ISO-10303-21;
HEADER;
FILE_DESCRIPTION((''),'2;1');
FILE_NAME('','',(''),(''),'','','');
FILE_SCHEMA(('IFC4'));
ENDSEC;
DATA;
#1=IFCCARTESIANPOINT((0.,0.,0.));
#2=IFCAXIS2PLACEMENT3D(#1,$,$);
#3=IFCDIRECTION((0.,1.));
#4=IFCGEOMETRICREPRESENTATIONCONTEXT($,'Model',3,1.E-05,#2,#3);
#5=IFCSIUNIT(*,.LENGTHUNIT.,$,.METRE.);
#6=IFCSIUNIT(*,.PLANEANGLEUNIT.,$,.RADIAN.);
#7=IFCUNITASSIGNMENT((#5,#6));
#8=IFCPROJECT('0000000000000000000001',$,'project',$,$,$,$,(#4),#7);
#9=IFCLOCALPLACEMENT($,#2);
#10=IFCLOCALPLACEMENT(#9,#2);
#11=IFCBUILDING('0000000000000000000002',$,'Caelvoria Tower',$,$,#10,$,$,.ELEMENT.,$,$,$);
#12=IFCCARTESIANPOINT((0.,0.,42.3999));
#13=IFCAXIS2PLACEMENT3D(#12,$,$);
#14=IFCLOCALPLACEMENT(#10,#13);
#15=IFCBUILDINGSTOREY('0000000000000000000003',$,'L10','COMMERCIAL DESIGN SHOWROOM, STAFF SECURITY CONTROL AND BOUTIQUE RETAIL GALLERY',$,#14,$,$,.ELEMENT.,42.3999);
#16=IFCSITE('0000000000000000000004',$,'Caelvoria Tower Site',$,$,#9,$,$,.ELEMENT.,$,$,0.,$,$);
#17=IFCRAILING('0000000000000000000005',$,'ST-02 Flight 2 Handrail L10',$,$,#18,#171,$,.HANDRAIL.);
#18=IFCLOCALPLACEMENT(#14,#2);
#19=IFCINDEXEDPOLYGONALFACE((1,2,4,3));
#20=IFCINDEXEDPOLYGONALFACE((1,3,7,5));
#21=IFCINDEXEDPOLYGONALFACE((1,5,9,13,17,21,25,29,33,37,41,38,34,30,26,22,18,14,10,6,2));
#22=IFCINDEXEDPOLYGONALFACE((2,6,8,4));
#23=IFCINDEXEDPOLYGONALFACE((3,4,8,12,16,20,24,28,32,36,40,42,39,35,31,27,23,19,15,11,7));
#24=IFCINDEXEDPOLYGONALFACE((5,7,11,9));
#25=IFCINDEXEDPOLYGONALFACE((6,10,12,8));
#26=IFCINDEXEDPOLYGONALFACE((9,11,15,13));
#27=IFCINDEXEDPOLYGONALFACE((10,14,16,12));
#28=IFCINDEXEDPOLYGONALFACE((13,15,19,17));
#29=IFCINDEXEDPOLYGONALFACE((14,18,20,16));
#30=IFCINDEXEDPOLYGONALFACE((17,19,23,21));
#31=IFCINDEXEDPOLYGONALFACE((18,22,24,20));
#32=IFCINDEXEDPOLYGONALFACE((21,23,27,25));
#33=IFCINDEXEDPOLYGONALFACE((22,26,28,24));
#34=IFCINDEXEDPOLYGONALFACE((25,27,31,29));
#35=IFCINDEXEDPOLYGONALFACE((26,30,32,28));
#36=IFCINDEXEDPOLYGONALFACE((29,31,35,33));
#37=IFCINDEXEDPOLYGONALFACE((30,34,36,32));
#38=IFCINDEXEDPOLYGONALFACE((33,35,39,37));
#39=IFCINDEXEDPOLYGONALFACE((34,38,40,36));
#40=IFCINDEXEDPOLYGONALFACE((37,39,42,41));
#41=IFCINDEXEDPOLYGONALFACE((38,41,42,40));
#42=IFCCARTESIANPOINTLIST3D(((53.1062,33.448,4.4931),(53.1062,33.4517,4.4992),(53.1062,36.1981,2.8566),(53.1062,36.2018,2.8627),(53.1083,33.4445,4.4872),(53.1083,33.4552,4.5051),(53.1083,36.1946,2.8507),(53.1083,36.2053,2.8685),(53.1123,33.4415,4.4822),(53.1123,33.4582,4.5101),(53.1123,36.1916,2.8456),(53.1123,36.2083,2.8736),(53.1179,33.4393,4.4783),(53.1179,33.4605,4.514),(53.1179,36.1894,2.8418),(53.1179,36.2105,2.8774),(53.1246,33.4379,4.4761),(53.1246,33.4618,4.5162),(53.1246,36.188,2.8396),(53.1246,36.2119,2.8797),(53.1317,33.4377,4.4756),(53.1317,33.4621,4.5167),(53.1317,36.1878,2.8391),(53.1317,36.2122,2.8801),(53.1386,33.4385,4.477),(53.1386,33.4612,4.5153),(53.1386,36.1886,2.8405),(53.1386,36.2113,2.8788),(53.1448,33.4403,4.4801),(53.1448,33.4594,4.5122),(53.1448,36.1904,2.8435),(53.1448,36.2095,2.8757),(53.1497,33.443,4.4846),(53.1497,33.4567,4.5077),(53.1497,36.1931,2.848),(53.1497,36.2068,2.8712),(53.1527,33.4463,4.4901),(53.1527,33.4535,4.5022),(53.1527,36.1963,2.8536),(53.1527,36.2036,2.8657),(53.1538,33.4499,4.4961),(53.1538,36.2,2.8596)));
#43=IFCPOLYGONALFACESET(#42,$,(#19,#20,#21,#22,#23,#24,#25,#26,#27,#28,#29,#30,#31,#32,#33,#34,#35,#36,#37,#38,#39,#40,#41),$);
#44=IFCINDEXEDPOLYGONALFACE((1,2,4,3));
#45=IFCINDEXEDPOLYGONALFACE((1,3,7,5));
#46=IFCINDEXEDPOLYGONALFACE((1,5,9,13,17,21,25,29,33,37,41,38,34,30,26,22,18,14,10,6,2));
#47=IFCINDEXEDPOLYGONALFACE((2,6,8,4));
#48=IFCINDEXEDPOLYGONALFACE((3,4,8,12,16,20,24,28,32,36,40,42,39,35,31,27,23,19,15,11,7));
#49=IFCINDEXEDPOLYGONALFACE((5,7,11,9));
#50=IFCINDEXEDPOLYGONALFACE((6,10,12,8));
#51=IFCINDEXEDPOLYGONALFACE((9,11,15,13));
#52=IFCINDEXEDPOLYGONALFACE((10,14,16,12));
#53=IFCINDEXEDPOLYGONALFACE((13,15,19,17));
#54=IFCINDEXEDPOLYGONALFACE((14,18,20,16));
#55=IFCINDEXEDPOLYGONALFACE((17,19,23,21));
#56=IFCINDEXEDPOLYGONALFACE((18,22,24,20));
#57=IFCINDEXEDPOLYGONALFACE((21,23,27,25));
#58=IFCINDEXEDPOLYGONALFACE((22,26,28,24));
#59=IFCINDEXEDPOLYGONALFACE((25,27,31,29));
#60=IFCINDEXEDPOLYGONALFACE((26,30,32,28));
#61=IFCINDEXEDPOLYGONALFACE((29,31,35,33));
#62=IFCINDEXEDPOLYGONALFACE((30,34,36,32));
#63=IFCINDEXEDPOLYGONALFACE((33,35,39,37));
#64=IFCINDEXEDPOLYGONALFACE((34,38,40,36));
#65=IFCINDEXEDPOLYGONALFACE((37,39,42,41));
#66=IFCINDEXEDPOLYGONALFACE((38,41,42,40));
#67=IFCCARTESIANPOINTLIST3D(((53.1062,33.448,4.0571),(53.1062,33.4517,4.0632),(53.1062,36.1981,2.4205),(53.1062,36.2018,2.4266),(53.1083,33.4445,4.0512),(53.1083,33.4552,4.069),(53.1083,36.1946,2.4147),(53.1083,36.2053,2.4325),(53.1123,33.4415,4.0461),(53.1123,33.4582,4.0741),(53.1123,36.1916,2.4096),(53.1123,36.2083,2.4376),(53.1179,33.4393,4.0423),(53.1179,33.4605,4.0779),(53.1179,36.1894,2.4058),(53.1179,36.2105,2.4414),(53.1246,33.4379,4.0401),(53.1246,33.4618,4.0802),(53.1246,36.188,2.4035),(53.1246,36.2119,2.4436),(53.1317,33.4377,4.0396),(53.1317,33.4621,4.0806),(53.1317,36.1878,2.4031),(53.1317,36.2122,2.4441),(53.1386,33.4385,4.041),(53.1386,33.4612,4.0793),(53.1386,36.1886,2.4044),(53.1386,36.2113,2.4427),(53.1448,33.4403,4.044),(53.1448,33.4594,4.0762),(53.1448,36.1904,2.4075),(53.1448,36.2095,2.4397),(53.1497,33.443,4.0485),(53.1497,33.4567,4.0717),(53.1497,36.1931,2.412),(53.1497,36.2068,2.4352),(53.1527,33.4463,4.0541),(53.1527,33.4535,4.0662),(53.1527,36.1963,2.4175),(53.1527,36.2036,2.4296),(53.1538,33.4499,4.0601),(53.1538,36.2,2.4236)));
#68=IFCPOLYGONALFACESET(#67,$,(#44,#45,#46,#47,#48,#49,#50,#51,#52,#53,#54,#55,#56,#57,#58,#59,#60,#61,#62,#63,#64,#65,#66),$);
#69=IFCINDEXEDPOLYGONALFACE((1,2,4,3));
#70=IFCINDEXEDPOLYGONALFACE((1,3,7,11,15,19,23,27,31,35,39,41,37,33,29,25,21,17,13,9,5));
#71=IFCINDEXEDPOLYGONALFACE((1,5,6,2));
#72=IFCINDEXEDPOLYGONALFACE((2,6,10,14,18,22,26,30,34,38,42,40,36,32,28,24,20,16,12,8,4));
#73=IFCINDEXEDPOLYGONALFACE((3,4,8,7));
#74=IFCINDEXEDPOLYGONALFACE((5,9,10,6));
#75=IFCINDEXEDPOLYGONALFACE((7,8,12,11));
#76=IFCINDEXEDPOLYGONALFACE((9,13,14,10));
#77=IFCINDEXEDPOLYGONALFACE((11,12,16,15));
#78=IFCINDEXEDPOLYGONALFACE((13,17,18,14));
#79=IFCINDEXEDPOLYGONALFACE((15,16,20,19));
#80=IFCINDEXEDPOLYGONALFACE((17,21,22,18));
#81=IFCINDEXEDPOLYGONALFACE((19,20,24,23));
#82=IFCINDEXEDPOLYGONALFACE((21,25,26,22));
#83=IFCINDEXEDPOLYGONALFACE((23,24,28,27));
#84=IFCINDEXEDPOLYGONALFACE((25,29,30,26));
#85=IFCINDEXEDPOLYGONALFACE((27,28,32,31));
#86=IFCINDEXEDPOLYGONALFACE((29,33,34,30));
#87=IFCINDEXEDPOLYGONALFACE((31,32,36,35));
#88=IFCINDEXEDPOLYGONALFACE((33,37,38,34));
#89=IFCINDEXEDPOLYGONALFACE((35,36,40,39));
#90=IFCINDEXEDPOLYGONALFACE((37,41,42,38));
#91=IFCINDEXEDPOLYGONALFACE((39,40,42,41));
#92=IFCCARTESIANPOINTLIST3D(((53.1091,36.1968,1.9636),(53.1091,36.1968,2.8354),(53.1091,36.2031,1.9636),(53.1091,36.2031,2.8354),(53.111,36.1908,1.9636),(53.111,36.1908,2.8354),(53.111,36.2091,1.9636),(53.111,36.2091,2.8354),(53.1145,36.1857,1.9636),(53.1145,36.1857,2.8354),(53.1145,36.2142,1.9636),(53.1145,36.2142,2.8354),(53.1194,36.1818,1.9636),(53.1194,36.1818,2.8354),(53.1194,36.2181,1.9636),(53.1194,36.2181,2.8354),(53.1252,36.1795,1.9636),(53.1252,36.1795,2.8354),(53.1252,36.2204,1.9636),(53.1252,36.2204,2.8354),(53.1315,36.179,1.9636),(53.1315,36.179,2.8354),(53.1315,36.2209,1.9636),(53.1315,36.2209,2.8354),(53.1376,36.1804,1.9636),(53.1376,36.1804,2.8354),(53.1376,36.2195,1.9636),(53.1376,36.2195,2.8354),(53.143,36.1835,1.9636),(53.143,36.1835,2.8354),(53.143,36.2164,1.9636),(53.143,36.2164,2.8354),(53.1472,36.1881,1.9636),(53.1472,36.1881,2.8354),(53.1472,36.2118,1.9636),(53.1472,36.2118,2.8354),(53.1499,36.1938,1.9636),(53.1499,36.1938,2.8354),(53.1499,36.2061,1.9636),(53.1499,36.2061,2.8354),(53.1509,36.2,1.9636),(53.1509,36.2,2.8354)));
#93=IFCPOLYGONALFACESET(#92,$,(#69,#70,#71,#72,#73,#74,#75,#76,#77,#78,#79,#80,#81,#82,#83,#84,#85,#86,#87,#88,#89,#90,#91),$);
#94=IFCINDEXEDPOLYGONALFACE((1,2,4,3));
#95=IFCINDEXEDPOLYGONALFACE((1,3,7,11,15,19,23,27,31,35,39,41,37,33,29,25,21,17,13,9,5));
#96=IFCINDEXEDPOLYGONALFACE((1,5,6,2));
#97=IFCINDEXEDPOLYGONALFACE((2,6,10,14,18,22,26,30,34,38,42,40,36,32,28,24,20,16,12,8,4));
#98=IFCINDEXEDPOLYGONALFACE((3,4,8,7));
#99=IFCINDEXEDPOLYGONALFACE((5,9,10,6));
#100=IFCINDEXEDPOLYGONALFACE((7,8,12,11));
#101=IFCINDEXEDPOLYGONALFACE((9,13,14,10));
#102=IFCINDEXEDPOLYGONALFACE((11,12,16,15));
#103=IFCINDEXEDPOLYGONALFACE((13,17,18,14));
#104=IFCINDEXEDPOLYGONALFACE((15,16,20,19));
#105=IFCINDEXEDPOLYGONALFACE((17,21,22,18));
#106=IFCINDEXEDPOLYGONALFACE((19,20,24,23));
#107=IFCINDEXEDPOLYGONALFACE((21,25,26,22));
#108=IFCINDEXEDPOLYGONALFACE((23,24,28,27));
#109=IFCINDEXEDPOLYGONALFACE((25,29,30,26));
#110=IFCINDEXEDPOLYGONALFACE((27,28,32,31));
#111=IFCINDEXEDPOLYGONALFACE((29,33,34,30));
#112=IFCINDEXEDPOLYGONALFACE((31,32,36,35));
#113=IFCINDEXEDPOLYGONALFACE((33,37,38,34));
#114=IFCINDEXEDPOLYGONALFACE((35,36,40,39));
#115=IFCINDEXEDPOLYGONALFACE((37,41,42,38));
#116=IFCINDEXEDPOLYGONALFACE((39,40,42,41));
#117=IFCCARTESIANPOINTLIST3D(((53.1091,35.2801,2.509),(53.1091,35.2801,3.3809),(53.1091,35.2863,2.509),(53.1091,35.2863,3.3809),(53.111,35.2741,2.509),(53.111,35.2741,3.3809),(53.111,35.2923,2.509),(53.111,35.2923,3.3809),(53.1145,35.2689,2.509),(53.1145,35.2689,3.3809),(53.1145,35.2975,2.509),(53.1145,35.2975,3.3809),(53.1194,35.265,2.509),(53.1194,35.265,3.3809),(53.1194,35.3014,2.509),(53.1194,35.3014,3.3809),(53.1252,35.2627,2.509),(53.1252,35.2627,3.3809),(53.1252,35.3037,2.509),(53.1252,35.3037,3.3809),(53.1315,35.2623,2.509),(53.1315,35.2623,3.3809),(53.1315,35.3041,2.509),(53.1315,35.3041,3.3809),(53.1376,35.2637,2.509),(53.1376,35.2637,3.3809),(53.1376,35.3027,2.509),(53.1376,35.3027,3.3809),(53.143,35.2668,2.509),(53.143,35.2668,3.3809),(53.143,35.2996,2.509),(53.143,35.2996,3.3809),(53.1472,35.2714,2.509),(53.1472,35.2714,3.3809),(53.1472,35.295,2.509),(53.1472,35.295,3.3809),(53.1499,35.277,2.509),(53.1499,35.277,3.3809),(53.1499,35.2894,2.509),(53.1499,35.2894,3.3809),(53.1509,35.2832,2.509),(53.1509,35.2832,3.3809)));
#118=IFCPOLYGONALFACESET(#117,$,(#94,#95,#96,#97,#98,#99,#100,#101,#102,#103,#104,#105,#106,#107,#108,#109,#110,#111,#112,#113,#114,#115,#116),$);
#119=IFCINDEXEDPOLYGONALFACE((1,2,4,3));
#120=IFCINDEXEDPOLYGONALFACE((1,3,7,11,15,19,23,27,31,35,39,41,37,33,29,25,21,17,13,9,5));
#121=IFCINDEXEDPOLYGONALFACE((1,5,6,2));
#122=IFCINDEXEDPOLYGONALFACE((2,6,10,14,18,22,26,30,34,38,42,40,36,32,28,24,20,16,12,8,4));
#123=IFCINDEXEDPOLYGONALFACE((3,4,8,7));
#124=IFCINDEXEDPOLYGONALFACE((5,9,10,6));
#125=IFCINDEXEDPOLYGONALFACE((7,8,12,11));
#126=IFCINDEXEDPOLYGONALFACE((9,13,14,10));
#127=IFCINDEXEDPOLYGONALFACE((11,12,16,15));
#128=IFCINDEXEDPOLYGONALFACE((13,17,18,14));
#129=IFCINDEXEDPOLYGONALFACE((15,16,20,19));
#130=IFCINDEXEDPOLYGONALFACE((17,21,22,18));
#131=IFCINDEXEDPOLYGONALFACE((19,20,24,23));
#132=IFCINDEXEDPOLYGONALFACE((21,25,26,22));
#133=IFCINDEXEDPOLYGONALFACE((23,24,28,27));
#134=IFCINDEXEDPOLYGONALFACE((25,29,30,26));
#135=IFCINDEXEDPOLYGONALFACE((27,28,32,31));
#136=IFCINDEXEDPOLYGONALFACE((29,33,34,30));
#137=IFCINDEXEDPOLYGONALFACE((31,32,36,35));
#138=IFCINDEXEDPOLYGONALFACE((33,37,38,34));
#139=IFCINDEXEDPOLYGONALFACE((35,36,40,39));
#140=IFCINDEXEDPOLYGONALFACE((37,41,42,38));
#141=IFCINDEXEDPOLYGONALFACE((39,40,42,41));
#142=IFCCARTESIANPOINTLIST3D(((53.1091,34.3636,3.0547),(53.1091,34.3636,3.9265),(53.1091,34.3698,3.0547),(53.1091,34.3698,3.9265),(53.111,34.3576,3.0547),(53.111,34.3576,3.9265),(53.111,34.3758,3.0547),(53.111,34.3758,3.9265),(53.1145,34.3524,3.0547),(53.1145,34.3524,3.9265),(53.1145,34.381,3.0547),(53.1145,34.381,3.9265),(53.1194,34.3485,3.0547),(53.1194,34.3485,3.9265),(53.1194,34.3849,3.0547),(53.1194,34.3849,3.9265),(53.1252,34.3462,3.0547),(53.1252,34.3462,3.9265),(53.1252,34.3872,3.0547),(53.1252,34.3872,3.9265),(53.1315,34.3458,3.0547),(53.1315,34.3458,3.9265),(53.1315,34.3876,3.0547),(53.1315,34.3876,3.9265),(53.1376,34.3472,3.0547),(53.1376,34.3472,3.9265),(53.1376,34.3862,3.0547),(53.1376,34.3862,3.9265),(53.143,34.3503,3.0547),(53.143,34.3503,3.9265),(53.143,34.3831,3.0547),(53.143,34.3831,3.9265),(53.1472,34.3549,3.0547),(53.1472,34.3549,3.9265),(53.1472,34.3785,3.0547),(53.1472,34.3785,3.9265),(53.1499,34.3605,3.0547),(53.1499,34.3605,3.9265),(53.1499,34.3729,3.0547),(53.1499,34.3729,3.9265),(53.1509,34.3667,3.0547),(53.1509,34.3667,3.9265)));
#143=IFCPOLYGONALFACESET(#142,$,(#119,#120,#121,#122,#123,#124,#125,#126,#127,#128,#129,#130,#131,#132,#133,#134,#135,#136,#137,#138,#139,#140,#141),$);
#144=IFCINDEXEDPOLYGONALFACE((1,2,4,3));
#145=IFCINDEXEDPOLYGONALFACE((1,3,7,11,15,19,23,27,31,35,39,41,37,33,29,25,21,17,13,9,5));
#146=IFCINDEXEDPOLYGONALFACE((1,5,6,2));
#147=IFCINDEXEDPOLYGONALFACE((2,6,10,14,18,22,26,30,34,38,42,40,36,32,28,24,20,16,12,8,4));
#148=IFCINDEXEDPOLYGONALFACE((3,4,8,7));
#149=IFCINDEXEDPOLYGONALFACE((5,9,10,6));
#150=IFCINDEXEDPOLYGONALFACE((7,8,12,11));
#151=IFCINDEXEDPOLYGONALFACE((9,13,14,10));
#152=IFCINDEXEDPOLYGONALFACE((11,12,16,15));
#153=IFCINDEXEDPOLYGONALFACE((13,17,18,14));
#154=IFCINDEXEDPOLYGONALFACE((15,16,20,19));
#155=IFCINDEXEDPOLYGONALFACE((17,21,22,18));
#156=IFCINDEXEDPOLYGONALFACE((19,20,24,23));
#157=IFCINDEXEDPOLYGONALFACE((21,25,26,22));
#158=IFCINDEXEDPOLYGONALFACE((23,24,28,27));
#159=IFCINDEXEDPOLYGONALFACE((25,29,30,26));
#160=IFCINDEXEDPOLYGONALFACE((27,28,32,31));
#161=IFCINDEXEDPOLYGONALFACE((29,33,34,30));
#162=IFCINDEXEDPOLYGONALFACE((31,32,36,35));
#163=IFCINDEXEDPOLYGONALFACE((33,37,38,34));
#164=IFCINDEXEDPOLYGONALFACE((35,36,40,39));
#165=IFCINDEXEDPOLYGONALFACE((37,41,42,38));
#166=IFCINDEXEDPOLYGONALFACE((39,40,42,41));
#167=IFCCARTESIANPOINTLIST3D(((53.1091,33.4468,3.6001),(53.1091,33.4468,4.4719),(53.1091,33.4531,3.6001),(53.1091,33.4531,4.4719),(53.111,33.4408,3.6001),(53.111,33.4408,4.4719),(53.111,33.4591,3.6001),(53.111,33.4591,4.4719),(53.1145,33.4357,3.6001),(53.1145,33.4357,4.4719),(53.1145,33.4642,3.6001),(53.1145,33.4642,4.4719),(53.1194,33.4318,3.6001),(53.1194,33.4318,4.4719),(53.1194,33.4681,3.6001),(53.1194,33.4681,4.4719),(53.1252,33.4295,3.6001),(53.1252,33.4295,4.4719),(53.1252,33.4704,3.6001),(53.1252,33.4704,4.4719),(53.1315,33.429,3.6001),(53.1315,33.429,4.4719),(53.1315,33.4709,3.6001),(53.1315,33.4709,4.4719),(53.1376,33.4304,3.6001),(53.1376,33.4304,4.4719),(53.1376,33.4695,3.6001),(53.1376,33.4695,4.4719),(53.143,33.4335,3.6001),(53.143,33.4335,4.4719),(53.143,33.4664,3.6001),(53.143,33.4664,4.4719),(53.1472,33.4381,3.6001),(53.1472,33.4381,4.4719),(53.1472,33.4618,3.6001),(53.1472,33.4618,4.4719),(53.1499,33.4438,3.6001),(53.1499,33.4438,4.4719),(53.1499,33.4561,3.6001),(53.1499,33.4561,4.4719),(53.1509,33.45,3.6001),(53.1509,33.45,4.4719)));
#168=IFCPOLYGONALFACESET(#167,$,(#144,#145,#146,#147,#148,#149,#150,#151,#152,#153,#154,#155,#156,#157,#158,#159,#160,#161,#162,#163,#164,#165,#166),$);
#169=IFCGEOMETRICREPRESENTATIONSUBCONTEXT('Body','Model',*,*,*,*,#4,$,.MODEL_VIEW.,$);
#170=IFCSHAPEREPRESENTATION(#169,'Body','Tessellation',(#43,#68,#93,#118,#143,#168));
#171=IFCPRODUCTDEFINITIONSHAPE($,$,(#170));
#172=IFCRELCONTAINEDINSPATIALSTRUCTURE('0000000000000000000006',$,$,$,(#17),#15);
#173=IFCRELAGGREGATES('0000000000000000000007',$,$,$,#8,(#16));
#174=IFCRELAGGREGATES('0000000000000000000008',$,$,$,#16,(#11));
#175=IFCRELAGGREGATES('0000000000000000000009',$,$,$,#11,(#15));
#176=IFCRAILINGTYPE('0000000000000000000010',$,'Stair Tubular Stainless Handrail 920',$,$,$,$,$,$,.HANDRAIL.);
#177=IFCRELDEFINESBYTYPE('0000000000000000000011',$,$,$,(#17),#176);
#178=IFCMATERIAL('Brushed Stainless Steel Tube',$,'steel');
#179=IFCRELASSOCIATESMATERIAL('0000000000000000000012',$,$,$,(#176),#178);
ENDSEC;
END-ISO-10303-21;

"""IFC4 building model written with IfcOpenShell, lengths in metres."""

from ifc_helpers import new_model, si_unit, direction, frame, origin, origin_2d, place, context, subcontext, project, spatial, circle, extrude, material, type_object, element, save


model = new_model("IFC4")

# Units and contexts
model_context = context("Model", 3, precision=1e-05, world=origin(), true_north=direction((0.0, 1.0)))
body_context = subcontext(model_context, "Body", "Model", "MODEL_VIEW")
ifc_project = project(units=[si_unit("LENGTHUNIT", "METRE"), si_unit("PLANEANGLEUNIT", "RADIAN")], contexts=[model_context])

# Site, building, storey
site_placement = place(None, origin())
site = spatial("IfcSite", under=ifc_project, at=site_placement, Name="Caelvoria Tower Site", CompositionType="ELEMENT", RefElevation=0.0)
building_placement = place(site_placement, origin())
building = spatial("IfcBuilding", under=site, at=building_placement, Name="Caelvoria Tower", CompositionType="ELEMENT")
storey_placement = place(building_placement, frame((0.0, 0.0, 42.3999)))
storey = spatial("IfcBuildingStorey", under=building, at=storey_placement, Name="L10", Description="COMMERCIAL DESIGN SHOWROOM, STAFF SECURITY CONTROL AND BOUTIQUE RETAIL GALLERY", CompositionType="ELEMENT", Elevation=42.3999)

# Railing
ifc_material_1 = material(Name="Brushed Stainless Steel Tube", Category="steel")
railing_type_1 = type_object("IfcRailingType", Name="Stair Tubular Stainless Handrail 920", PredefinedType="HANDRAIL", material=ifc_material_1)
railing_1_placement = place(storey_placement, frame((53.1299, 36.2, 1.9636)))
element("IfcRailing", 1, at=railing_1_placement, inside=storey, type_object=railing_type_1, Name="ST-02 Flight 2 Handrail L10", PredefinedType="HANDRAIL", context=body_context, shape_type="SweptSolid", body=[
    extrude(circle(Radius=0.0239, at=origin_2d()), frame((0.0, 0.0, 0.896), z_axis=(0.0, -0.859352, 0.511385), x_axis=(1.0, 0.0, 0.0)), (0.0, 0.0, 1.0), 3.2002),
    extrude(circle(Radius=0.0239, at=origin_2d()), frame((0.0, 0.0, 0.46), z_axis=(0.0, -0.859352, 0.511385), x_axis=(1.0, 0.0, 0.0)), (0.0, 0.0, 1.0), 3.2002),
    extrude(circle(Radius=0.021, at=origin_2d()), origin(), (0.0, 0.0, 1.0), 0.8718),
    extrude(circle(Radius=0.021, at=origin_2d()), frame((0.0, -0.9167, 0.5454)), (0.0, 0.0, 1.0), 0.8718),
    extrude(circle(Radius=0.021, at=origin_2d()), frame((0.0, -1.8333, 1.0911)), (0.0, 0.0, 1.0), 0.8718),
    extrude(circle(Radius=0.021, at=origin_2d()), frame((0.0, -2.75, 1.6365)), (0.0, 0.0, 1.0), 0.8718),
])

save(model, "model.ifc")
